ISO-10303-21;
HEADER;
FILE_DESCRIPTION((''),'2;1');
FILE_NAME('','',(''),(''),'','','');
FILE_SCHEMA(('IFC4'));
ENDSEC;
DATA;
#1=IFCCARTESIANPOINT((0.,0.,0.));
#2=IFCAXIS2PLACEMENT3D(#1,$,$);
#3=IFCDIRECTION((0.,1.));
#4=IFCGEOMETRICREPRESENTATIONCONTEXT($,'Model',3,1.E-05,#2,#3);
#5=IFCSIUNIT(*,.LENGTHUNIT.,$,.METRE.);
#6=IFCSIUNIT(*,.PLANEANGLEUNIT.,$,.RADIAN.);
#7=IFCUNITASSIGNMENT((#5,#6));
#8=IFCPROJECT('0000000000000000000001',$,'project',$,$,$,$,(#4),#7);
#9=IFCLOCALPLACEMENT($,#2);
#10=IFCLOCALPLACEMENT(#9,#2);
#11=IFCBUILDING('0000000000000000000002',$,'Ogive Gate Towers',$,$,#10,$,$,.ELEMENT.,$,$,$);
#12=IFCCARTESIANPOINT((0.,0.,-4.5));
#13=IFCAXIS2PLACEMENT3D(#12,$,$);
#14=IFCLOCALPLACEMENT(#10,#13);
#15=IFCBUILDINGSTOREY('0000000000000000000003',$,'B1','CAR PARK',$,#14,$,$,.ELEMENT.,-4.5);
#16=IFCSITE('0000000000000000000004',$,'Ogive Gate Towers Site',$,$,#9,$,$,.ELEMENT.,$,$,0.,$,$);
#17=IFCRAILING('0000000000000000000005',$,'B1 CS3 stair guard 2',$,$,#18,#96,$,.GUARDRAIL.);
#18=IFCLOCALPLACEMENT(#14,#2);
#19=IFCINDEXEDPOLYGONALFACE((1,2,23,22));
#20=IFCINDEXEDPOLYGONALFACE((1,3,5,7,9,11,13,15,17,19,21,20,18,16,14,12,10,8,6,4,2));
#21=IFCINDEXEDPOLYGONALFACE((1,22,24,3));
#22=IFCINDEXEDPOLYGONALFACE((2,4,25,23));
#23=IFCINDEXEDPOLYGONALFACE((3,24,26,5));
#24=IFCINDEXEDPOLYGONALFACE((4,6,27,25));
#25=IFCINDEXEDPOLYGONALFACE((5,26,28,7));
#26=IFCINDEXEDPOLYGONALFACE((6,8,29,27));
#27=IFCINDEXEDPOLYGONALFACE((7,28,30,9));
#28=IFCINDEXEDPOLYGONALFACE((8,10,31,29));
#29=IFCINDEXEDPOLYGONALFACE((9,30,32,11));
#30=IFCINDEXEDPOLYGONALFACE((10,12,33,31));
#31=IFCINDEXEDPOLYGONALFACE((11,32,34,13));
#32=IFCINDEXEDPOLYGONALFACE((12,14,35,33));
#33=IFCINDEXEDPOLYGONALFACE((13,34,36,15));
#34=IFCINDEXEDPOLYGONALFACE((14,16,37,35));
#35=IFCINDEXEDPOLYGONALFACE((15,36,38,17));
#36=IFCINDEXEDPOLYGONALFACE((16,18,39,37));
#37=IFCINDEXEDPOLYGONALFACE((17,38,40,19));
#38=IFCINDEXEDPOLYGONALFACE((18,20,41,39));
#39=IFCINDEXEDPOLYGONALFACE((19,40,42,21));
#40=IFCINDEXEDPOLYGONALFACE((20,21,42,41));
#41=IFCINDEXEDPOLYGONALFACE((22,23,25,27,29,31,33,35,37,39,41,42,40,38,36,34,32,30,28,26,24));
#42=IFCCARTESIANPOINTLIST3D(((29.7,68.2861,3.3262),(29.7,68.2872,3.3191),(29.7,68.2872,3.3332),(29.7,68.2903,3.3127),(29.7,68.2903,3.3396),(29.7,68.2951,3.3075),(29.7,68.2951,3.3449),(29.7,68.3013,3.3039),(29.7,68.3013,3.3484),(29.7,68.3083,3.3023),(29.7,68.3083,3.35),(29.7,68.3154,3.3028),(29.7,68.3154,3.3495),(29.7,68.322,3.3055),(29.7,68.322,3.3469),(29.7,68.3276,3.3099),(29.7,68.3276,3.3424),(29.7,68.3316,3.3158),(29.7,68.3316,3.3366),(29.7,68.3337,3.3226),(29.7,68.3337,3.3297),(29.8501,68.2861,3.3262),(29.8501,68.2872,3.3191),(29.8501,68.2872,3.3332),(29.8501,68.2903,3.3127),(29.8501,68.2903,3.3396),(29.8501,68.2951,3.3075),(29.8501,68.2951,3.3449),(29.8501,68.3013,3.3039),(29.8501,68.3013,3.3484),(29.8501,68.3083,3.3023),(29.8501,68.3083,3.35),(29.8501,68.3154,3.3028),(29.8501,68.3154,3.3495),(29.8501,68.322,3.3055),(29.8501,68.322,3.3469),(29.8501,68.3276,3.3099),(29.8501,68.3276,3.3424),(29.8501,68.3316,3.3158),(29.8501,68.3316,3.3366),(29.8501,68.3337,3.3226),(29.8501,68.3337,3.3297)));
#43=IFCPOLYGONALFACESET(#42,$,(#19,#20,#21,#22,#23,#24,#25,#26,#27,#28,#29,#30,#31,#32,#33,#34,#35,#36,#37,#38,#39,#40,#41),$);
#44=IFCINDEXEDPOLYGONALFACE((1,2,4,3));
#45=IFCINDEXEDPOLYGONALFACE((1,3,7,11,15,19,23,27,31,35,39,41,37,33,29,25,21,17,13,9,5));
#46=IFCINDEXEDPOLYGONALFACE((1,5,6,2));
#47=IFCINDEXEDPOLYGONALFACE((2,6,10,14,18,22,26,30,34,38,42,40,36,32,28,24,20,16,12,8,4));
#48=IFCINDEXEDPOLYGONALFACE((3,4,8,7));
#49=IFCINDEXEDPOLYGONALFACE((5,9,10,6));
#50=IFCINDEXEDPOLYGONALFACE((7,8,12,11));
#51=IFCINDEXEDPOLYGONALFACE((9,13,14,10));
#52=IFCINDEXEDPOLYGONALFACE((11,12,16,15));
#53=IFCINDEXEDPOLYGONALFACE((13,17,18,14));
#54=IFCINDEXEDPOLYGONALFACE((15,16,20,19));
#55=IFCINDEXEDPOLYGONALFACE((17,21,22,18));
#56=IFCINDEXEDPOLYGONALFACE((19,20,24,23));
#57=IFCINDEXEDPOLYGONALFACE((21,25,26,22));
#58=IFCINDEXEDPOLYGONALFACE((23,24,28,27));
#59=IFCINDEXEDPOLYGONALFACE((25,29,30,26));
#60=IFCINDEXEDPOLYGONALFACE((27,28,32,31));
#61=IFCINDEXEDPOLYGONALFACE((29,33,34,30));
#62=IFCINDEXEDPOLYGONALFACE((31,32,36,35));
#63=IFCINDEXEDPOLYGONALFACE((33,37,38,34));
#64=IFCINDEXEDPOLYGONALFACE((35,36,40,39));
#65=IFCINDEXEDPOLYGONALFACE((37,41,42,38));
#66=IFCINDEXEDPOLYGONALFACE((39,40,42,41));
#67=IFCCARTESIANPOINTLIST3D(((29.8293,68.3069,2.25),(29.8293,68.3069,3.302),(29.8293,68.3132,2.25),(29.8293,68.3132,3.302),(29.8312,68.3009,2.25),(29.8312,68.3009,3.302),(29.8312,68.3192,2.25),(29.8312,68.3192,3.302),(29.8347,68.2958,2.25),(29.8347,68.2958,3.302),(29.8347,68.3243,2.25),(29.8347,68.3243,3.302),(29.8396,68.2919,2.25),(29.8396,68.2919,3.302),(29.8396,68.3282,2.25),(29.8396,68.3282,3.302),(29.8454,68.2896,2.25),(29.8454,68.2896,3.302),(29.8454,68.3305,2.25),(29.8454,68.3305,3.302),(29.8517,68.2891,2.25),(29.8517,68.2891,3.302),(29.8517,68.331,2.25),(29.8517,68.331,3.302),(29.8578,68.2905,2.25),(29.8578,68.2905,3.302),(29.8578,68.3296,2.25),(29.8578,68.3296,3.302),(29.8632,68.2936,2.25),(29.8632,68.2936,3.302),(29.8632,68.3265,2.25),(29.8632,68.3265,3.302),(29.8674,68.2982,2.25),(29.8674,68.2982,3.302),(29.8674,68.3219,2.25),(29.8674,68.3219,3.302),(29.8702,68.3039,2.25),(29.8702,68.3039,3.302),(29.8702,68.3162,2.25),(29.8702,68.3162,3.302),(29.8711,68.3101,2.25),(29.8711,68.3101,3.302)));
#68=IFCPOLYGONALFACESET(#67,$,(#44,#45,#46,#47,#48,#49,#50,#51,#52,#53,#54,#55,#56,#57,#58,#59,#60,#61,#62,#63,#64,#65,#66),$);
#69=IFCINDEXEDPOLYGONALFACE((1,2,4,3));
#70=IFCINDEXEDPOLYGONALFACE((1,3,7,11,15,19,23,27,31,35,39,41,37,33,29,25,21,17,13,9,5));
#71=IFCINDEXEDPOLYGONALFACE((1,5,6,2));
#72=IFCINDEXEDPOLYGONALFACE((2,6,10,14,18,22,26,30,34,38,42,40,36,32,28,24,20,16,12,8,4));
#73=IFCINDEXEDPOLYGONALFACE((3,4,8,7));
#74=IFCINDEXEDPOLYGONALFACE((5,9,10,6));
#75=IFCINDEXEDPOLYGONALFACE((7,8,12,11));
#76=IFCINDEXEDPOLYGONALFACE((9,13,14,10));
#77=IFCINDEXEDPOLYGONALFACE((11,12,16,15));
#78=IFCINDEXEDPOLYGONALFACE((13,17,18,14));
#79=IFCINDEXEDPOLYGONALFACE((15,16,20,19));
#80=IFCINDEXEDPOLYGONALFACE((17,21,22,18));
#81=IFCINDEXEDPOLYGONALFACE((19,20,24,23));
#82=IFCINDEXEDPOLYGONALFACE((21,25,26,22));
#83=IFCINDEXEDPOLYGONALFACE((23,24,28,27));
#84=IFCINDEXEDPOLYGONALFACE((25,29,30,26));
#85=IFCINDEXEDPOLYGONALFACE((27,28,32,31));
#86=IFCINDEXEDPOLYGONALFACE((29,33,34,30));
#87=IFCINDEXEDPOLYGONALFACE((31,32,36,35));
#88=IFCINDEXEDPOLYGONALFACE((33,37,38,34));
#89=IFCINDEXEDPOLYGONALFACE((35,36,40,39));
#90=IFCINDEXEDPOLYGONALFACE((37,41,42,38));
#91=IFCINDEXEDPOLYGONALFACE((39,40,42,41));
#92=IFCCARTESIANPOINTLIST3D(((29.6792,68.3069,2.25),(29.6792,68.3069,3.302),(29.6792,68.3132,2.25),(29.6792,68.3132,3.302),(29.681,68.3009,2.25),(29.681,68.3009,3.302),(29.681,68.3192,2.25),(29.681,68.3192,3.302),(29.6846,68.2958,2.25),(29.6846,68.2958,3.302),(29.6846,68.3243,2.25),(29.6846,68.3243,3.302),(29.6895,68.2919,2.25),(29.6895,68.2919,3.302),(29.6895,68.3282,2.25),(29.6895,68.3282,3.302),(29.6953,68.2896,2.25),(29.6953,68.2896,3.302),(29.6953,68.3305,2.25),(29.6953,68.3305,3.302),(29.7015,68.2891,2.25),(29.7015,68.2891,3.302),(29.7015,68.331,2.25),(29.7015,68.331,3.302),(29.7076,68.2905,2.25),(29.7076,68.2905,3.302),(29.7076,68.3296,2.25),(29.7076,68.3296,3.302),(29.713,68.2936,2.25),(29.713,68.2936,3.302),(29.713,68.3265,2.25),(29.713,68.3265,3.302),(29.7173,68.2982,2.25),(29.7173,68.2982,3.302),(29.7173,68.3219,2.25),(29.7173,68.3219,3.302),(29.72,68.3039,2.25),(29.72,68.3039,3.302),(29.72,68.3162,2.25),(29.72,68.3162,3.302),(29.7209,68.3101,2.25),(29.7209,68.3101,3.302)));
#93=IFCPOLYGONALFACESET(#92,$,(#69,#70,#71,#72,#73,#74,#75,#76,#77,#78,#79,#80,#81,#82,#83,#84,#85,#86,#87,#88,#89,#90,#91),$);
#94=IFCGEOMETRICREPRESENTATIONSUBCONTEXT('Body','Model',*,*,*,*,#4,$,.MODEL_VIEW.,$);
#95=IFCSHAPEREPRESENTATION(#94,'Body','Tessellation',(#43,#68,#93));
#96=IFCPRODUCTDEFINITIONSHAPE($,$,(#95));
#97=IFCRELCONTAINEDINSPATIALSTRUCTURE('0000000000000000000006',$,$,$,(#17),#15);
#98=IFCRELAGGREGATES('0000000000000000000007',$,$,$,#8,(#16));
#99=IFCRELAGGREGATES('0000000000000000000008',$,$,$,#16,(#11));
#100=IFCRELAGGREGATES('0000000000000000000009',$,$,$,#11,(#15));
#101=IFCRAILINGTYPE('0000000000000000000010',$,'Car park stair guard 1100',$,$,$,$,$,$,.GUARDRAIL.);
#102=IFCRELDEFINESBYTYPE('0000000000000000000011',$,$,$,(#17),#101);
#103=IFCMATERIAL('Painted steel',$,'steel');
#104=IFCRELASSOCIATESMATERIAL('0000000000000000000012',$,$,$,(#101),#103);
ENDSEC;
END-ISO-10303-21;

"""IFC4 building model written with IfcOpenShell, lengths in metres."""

from ifc_helpers import new_model, si_unit, direction, frame, origin, origin_2d, place, context, subcontext, project, spatial, circle, extrude, material, type_object, element, save


model = new_model("IFC4")

# Units and contexts
model_context = context("Model", 3, precision=1e-05, world=origin(), true_north=direction((0.0, 1.0)))
body_context = subcontext(model_context, "Body", "Model", "MODEL_VIEW")
ifc_project = project(units=[si_unit("LENGTHUNIT", "METRE"), si_unit("PLANEANGLEUNIT", "RADIAN")], contexts=[model_context])

# Site, building, storey
site_placement = place(None, origin())
site = spatial("IfcSite", under=ifc_project, at=site_placement, Name="Ogive Gate Towers Site", CompositionType="ELEMENT", RefElevation=0.0)
building_placement = place(site_placement, origin())
building = spatial("IfcBuilding", under=site, at=building_placement, Name="Ogive Gate Towers", CompositionType="ELEMENT")
storey_placement = place(building_placement, frame((0.0, 0.0, -4.5)))
storey = spatial("IfcBuildingStorey", under=building, at=storey_placement, Name="B1", Description="CAR PARK", CompositionType="ELEMENT", Elevation=-4.5)

# Railing
ifc_material_1 = material(Name="Painted steel", Category="steel")
railing_type_1 = type_object("IfcRailingType", Name="Car park stair guard 1100", PredefinedType="GUARDRAIL", material=ifc_material_1)
railing_1_placement = place(storey_placement, frame((29.8501, 68.3101, 2.25)))
element("IfcRailing", 1, at=railing_1_placement, inside=storey, type_object=railing_type_1, Name="B1 CS3 stair guard 2", PredefinedType="GUARDRAIL", context=body_context, shape_type="SweptSolid", body=[
    extrude(circle(Radius=0.0239, at=origin_2d()), frame((0.0, 0.0, 1.0762), z_axis=(-1.0, 0.0, 0.0), x_axis=(0.0, -1.0, 0.0)), (0.0, 0.0, 1.0), 0.1501),
    extrude(circle(Radius=0.021, at=origin_2d()), origin(), (0.0, 0.0, 1.0), 1.052),
    extrude(circle(Radius=0.021, at=origin_2d()), frame((-0.1501, 0.0, 0.0)), (0.0, 0.0, 1.0), 1.052),
])

save(model, "model.ifc")
